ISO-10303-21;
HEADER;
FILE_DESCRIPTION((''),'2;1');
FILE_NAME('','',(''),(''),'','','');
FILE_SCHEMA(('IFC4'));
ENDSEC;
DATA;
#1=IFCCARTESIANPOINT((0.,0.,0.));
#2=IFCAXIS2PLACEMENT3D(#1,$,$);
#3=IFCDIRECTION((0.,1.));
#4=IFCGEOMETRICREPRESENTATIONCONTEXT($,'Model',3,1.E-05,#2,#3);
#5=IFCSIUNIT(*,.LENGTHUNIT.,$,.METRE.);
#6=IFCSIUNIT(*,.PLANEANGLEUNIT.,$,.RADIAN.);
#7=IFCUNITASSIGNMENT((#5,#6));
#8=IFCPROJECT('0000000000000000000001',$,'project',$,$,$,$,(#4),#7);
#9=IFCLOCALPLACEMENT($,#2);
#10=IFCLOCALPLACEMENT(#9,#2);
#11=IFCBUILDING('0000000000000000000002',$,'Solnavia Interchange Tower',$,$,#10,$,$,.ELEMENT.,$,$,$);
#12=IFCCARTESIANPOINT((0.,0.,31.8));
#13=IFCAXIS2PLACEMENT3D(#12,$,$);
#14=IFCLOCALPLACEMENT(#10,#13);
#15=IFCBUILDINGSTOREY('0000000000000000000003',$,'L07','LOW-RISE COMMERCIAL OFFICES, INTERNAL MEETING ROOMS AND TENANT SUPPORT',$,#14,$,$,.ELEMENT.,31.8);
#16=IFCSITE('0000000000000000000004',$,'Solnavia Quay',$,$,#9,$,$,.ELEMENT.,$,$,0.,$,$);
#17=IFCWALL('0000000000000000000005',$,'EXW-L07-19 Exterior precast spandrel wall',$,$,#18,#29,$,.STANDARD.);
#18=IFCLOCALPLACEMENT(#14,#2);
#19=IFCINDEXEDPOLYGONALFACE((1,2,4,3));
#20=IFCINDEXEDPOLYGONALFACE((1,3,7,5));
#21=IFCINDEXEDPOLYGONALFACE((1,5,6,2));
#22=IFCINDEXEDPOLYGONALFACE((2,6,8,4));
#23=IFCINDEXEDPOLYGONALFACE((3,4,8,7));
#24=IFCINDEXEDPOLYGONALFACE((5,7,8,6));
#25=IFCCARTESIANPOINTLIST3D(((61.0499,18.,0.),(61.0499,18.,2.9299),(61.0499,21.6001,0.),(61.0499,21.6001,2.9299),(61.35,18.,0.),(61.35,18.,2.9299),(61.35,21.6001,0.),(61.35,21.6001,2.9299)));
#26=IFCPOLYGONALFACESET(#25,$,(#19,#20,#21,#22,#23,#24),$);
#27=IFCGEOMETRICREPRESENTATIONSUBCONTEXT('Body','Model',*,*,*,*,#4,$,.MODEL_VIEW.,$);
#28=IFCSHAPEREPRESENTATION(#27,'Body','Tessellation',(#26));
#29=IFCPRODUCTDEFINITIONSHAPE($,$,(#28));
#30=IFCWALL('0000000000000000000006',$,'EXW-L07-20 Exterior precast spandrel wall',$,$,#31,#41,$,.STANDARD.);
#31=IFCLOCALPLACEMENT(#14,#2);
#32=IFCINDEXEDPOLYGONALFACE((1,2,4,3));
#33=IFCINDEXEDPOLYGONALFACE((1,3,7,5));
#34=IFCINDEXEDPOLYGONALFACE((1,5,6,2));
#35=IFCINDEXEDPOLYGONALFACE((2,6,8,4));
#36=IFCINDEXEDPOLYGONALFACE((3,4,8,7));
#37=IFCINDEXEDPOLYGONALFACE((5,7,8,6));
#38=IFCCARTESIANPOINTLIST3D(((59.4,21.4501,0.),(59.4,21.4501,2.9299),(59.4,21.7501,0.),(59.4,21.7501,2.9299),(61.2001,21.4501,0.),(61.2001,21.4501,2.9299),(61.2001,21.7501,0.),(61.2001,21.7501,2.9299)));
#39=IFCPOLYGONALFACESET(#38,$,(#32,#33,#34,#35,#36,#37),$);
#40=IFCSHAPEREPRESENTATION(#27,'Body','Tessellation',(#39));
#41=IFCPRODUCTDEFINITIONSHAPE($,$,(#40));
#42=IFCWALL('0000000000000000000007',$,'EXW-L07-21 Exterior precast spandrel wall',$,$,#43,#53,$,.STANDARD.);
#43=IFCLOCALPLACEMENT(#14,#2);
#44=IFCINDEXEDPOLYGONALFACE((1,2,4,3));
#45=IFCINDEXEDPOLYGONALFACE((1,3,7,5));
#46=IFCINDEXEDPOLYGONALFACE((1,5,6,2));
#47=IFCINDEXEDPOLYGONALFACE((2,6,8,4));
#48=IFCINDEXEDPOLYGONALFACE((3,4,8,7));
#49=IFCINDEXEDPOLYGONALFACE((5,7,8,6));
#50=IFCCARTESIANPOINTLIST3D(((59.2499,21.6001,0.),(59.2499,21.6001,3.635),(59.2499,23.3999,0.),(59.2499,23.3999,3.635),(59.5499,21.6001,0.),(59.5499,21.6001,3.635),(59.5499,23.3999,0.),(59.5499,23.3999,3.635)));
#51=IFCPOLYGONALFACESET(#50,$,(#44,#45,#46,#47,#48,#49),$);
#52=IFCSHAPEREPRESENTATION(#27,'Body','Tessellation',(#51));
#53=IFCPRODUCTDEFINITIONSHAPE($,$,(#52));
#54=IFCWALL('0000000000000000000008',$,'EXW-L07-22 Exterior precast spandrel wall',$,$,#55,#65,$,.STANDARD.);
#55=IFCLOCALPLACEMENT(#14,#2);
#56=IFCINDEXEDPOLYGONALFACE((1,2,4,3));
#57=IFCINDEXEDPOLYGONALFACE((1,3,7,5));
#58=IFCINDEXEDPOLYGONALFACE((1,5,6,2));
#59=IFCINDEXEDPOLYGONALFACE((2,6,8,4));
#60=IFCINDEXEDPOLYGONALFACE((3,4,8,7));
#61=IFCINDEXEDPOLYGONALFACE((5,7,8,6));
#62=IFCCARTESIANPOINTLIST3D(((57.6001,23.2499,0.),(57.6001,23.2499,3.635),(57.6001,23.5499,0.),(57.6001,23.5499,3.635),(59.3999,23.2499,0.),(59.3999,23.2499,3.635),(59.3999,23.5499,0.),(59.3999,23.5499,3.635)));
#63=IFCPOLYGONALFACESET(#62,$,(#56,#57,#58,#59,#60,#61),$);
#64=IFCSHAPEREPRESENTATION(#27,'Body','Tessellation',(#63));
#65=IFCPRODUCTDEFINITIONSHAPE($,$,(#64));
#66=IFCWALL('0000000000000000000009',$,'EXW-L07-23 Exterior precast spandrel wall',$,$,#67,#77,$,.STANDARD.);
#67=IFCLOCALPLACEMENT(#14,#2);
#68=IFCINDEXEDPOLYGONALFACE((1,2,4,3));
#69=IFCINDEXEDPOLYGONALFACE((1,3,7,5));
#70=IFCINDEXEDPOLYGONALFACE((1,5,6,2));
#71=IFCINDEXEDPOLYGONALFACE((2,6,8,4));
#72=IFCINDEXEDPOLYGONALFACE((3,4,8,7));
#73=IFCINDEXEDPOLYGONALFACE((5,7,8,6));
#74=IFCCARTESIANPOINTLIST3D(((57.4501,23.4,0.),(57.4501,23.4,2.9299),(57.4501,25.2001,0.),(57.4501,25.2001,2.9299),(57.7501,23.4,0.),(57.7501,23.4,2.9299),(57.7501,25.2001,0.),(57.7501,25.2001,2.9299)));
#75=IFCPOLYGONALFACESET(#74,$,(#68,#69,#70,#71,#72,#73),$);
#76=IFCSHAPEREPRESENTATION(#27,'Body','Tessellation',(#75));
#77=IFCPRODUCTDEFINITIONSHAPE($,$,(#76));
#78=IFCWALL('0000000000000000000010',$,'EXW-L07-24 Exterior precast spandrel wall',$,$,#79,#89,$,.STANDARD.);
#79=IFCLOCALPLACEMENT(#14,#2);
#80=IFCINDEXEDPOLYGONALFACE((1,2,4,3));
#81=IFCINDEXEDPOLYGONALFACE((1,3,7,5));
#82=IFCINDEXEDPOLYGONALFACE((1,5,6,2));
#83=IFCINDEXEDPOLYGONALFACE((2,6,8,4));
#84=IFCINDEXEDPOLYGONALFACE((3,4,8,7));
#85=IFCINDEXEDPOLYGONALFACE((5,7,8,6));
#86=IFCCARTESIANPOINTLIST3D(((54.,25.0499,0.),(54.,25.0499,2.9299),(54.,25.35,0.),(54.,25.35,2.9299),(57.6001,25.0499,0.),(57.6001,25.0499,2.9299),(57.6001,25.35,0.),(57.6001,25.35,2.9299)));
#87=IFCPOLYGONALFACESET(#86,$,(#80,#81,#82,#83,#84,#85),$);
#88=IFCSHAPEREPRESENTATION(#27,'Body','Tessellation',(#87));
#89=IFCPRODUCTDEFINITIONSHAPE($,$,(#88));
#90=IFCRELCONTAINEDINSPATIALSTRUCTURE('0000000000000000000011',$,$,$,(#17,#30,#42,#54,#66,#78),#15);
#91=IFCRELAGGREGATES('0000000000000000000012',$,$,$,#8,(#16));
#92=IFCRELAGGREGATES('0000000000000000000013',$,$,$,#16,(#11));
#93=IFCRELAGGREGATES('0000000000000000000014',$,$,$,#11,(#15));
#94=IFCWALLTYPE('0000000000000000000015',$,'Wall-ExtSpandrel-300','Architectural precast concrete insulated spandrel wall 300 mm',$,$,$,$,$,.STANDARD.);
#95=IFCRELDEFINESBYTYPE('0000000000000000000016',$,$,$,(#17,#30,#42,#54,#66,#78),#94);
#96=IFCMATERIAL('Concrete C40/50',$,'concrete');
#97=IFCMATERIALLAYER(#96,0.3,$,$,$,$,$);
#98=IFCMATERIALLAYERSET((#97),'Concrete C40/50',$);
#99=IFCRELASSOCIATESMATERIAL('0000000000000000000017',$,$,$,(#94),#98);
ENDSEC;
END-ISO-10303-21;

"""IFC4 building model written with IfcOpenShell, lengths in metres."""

from ifc_helpers import new_model, si_unit, direction, frame, frame_2d, origin, place, context, subcontext, project, spatial, rectangle, extrude, material, layer, layer_set, type_object, element, save


model = new_model("IFC4")

# Units and contexts
model_context = context("Model", 3, precision=1e-05, world=origin(), true_north=direction((0.0, 1.0)))
body_context = subcontext(model_context, "Body", "Model", "MODEL_VIEW")
ifc_project = project(units=[si_unit("LENGTHUNIT", "METRE"), si_unit("PLANEANGLEUNIT", "RADIAN")], contexts=[model_context])

# Site, building, storey
site_placement = place(None, origin())
site = spatial("IfcSite", under=ifc_project, at=site_placement, Name="Solnavia Quay", CompositionType="ELEMENT", RefElevation=0.0)
building_placement = place(site_placement, origin())
building = spatial("IfcBuilding", under=site, at=building_placement, Name="Solnavia Interchange Tower", CompositionType="ELEMENT")
storey_placement = place(building_placement, frame((0.0, 0.0, 31.8)))
storey = spatial("IfcBuildingStorey", under=building, at=storey_placement, Name="L07", Description="LOW-RISE COMMERCIAL OFFICES, INTERNAL MEETING ROOMS AND TENANT SUPPORT", CompositionType="ELEMENT", Elevation=31.8)

# Shared definitions
ifc_material_1 = material(Name="Concrete C40/50", Category="concrete")
ifc_layer_1 = layer(ifc_material_1, 0.3)
ifc_layer_set_1 = layer_set([ifc_layer_1], Name="Concrete C40/50")
wall_type = type_object("IfcWallType", Name="Wall-ExtSpandrel-300", Description="Architectural precast concrete insulated spandrel wall 300 mm", PredefinedType="STANDARD", material=ifc_layer_set_1)

# Walls
wall_1_placement = place(storey_placement, frame((61.2, 21.6001, 0.0), z_axis=(0.0, 0.0, 1.0), x_axis=(0.0, -1.0, 0.0)))
element("IfcWall", 1, at=wall_1_placement, inside=storey, type_object=wall_type, Name="EXW-L07-19 Exterior precast spandrel wall", PredefinedType="STANDARD", context=body_context, shape_type="SweptSolid", body=[
    extrude(rectangle(XDim=3.6001, YDim=0.3, at=frame_2d((1.8, 0.0))), origin(), (0.0, 0.0, 1.0), 2.9299),
])
wall_2_placement = place(storey_placement, frame((61.2, 21.6001, 0.0), z_axis=(0.0, 0.0, 1.0), x_axis=(-1.0, 0.0, 0.0)))
element("IfcWall", 2, at=wall_2_placement, inside=storey, type_object=wall_type, Name="EXW-L07-20 Exterior precast spandrel wall", PredefinedType="STANDARD", context=body_context, shape_type="SweptSolid", body=[
    extrude(rectangle(XDim=1.8, YDim=0.3, at=frame_2d((0.8999, 0.0))), origin(), (0.0, 0.0, 1.0), 2.9299),
])
for number, where, z_axis, x_axis, name in (
    (3, (59.3999, 23.3999, 0.0), (0.0, 0.0, 1.0), (0.0, -1.0, 0.0), "EXW-L07-21 Exterior precast spandrel wall"),
    (4, (57.6001, 23.3999, 0.0), (0.0, 0.0, 1.0), (1.0, 0.0, 0.0), "EXW-L07-22 Exterior precast spandrel wall"),
):
    element("IfcWall", number, at=place(storey_placement, frame(where, z_axis=z_axis, x_axis=x_axis)), inside=storey, type_object=wall_type, Name=name, PredefinedType="STANDARD", context=body_context, shape_type="SweptSolid", body=[
        extrude(rectangle(XDim=1.7998, YDim=0.3, at=frame_2d((0.8999, 0.0))), origin(), (0.0, 0.0, 1.0), 3.635),
    ])
wall_3_placement = place(storey_placement, frame((57.6001, 25.2, 0.0), z_axis=(0.0, 0.0, 1.0), x_axis=(0.0, -1.0, 0.0)))
element("IfcWall", 5, at=wall_3_placement, inside=storey, type_object=wall_type, Name="EXW-L07-23 Exterior precast spandrel wall", PredefinedType="STANDARD", context=body_context, shape_type="SweptSolid", body=[
    extrude(rectangle(XDim=1.8, YDim=0.3, at=frame_2d((0.8999, 0.0))), origin(), (0.0, 0.0, 1.0), 2.9299),
])
wall_4_placement = place(storey_placement, frame((54.0, 25.2, 0.0), z_axis=(0.0, 0.0, 1.0), x_axis=(1.0, 0.0, 0.0)))
element("IfcWall", 6, at=wall_4_placement, inside=storey, type_object=wall_type, Name="EXW-L07-24 Exterior precast spandrel wall", PredefinedType="STANDARD", context=body_context, shape_type="SweptSolid", body=[
    extrude(rectangle(XDim=3.6001, YDim=0.3, at=frame_2d((1.8, 0.0))), origin(), (0.0, 0.0, 1.0), 2.9299),
])

save(model, "model.ifc")
